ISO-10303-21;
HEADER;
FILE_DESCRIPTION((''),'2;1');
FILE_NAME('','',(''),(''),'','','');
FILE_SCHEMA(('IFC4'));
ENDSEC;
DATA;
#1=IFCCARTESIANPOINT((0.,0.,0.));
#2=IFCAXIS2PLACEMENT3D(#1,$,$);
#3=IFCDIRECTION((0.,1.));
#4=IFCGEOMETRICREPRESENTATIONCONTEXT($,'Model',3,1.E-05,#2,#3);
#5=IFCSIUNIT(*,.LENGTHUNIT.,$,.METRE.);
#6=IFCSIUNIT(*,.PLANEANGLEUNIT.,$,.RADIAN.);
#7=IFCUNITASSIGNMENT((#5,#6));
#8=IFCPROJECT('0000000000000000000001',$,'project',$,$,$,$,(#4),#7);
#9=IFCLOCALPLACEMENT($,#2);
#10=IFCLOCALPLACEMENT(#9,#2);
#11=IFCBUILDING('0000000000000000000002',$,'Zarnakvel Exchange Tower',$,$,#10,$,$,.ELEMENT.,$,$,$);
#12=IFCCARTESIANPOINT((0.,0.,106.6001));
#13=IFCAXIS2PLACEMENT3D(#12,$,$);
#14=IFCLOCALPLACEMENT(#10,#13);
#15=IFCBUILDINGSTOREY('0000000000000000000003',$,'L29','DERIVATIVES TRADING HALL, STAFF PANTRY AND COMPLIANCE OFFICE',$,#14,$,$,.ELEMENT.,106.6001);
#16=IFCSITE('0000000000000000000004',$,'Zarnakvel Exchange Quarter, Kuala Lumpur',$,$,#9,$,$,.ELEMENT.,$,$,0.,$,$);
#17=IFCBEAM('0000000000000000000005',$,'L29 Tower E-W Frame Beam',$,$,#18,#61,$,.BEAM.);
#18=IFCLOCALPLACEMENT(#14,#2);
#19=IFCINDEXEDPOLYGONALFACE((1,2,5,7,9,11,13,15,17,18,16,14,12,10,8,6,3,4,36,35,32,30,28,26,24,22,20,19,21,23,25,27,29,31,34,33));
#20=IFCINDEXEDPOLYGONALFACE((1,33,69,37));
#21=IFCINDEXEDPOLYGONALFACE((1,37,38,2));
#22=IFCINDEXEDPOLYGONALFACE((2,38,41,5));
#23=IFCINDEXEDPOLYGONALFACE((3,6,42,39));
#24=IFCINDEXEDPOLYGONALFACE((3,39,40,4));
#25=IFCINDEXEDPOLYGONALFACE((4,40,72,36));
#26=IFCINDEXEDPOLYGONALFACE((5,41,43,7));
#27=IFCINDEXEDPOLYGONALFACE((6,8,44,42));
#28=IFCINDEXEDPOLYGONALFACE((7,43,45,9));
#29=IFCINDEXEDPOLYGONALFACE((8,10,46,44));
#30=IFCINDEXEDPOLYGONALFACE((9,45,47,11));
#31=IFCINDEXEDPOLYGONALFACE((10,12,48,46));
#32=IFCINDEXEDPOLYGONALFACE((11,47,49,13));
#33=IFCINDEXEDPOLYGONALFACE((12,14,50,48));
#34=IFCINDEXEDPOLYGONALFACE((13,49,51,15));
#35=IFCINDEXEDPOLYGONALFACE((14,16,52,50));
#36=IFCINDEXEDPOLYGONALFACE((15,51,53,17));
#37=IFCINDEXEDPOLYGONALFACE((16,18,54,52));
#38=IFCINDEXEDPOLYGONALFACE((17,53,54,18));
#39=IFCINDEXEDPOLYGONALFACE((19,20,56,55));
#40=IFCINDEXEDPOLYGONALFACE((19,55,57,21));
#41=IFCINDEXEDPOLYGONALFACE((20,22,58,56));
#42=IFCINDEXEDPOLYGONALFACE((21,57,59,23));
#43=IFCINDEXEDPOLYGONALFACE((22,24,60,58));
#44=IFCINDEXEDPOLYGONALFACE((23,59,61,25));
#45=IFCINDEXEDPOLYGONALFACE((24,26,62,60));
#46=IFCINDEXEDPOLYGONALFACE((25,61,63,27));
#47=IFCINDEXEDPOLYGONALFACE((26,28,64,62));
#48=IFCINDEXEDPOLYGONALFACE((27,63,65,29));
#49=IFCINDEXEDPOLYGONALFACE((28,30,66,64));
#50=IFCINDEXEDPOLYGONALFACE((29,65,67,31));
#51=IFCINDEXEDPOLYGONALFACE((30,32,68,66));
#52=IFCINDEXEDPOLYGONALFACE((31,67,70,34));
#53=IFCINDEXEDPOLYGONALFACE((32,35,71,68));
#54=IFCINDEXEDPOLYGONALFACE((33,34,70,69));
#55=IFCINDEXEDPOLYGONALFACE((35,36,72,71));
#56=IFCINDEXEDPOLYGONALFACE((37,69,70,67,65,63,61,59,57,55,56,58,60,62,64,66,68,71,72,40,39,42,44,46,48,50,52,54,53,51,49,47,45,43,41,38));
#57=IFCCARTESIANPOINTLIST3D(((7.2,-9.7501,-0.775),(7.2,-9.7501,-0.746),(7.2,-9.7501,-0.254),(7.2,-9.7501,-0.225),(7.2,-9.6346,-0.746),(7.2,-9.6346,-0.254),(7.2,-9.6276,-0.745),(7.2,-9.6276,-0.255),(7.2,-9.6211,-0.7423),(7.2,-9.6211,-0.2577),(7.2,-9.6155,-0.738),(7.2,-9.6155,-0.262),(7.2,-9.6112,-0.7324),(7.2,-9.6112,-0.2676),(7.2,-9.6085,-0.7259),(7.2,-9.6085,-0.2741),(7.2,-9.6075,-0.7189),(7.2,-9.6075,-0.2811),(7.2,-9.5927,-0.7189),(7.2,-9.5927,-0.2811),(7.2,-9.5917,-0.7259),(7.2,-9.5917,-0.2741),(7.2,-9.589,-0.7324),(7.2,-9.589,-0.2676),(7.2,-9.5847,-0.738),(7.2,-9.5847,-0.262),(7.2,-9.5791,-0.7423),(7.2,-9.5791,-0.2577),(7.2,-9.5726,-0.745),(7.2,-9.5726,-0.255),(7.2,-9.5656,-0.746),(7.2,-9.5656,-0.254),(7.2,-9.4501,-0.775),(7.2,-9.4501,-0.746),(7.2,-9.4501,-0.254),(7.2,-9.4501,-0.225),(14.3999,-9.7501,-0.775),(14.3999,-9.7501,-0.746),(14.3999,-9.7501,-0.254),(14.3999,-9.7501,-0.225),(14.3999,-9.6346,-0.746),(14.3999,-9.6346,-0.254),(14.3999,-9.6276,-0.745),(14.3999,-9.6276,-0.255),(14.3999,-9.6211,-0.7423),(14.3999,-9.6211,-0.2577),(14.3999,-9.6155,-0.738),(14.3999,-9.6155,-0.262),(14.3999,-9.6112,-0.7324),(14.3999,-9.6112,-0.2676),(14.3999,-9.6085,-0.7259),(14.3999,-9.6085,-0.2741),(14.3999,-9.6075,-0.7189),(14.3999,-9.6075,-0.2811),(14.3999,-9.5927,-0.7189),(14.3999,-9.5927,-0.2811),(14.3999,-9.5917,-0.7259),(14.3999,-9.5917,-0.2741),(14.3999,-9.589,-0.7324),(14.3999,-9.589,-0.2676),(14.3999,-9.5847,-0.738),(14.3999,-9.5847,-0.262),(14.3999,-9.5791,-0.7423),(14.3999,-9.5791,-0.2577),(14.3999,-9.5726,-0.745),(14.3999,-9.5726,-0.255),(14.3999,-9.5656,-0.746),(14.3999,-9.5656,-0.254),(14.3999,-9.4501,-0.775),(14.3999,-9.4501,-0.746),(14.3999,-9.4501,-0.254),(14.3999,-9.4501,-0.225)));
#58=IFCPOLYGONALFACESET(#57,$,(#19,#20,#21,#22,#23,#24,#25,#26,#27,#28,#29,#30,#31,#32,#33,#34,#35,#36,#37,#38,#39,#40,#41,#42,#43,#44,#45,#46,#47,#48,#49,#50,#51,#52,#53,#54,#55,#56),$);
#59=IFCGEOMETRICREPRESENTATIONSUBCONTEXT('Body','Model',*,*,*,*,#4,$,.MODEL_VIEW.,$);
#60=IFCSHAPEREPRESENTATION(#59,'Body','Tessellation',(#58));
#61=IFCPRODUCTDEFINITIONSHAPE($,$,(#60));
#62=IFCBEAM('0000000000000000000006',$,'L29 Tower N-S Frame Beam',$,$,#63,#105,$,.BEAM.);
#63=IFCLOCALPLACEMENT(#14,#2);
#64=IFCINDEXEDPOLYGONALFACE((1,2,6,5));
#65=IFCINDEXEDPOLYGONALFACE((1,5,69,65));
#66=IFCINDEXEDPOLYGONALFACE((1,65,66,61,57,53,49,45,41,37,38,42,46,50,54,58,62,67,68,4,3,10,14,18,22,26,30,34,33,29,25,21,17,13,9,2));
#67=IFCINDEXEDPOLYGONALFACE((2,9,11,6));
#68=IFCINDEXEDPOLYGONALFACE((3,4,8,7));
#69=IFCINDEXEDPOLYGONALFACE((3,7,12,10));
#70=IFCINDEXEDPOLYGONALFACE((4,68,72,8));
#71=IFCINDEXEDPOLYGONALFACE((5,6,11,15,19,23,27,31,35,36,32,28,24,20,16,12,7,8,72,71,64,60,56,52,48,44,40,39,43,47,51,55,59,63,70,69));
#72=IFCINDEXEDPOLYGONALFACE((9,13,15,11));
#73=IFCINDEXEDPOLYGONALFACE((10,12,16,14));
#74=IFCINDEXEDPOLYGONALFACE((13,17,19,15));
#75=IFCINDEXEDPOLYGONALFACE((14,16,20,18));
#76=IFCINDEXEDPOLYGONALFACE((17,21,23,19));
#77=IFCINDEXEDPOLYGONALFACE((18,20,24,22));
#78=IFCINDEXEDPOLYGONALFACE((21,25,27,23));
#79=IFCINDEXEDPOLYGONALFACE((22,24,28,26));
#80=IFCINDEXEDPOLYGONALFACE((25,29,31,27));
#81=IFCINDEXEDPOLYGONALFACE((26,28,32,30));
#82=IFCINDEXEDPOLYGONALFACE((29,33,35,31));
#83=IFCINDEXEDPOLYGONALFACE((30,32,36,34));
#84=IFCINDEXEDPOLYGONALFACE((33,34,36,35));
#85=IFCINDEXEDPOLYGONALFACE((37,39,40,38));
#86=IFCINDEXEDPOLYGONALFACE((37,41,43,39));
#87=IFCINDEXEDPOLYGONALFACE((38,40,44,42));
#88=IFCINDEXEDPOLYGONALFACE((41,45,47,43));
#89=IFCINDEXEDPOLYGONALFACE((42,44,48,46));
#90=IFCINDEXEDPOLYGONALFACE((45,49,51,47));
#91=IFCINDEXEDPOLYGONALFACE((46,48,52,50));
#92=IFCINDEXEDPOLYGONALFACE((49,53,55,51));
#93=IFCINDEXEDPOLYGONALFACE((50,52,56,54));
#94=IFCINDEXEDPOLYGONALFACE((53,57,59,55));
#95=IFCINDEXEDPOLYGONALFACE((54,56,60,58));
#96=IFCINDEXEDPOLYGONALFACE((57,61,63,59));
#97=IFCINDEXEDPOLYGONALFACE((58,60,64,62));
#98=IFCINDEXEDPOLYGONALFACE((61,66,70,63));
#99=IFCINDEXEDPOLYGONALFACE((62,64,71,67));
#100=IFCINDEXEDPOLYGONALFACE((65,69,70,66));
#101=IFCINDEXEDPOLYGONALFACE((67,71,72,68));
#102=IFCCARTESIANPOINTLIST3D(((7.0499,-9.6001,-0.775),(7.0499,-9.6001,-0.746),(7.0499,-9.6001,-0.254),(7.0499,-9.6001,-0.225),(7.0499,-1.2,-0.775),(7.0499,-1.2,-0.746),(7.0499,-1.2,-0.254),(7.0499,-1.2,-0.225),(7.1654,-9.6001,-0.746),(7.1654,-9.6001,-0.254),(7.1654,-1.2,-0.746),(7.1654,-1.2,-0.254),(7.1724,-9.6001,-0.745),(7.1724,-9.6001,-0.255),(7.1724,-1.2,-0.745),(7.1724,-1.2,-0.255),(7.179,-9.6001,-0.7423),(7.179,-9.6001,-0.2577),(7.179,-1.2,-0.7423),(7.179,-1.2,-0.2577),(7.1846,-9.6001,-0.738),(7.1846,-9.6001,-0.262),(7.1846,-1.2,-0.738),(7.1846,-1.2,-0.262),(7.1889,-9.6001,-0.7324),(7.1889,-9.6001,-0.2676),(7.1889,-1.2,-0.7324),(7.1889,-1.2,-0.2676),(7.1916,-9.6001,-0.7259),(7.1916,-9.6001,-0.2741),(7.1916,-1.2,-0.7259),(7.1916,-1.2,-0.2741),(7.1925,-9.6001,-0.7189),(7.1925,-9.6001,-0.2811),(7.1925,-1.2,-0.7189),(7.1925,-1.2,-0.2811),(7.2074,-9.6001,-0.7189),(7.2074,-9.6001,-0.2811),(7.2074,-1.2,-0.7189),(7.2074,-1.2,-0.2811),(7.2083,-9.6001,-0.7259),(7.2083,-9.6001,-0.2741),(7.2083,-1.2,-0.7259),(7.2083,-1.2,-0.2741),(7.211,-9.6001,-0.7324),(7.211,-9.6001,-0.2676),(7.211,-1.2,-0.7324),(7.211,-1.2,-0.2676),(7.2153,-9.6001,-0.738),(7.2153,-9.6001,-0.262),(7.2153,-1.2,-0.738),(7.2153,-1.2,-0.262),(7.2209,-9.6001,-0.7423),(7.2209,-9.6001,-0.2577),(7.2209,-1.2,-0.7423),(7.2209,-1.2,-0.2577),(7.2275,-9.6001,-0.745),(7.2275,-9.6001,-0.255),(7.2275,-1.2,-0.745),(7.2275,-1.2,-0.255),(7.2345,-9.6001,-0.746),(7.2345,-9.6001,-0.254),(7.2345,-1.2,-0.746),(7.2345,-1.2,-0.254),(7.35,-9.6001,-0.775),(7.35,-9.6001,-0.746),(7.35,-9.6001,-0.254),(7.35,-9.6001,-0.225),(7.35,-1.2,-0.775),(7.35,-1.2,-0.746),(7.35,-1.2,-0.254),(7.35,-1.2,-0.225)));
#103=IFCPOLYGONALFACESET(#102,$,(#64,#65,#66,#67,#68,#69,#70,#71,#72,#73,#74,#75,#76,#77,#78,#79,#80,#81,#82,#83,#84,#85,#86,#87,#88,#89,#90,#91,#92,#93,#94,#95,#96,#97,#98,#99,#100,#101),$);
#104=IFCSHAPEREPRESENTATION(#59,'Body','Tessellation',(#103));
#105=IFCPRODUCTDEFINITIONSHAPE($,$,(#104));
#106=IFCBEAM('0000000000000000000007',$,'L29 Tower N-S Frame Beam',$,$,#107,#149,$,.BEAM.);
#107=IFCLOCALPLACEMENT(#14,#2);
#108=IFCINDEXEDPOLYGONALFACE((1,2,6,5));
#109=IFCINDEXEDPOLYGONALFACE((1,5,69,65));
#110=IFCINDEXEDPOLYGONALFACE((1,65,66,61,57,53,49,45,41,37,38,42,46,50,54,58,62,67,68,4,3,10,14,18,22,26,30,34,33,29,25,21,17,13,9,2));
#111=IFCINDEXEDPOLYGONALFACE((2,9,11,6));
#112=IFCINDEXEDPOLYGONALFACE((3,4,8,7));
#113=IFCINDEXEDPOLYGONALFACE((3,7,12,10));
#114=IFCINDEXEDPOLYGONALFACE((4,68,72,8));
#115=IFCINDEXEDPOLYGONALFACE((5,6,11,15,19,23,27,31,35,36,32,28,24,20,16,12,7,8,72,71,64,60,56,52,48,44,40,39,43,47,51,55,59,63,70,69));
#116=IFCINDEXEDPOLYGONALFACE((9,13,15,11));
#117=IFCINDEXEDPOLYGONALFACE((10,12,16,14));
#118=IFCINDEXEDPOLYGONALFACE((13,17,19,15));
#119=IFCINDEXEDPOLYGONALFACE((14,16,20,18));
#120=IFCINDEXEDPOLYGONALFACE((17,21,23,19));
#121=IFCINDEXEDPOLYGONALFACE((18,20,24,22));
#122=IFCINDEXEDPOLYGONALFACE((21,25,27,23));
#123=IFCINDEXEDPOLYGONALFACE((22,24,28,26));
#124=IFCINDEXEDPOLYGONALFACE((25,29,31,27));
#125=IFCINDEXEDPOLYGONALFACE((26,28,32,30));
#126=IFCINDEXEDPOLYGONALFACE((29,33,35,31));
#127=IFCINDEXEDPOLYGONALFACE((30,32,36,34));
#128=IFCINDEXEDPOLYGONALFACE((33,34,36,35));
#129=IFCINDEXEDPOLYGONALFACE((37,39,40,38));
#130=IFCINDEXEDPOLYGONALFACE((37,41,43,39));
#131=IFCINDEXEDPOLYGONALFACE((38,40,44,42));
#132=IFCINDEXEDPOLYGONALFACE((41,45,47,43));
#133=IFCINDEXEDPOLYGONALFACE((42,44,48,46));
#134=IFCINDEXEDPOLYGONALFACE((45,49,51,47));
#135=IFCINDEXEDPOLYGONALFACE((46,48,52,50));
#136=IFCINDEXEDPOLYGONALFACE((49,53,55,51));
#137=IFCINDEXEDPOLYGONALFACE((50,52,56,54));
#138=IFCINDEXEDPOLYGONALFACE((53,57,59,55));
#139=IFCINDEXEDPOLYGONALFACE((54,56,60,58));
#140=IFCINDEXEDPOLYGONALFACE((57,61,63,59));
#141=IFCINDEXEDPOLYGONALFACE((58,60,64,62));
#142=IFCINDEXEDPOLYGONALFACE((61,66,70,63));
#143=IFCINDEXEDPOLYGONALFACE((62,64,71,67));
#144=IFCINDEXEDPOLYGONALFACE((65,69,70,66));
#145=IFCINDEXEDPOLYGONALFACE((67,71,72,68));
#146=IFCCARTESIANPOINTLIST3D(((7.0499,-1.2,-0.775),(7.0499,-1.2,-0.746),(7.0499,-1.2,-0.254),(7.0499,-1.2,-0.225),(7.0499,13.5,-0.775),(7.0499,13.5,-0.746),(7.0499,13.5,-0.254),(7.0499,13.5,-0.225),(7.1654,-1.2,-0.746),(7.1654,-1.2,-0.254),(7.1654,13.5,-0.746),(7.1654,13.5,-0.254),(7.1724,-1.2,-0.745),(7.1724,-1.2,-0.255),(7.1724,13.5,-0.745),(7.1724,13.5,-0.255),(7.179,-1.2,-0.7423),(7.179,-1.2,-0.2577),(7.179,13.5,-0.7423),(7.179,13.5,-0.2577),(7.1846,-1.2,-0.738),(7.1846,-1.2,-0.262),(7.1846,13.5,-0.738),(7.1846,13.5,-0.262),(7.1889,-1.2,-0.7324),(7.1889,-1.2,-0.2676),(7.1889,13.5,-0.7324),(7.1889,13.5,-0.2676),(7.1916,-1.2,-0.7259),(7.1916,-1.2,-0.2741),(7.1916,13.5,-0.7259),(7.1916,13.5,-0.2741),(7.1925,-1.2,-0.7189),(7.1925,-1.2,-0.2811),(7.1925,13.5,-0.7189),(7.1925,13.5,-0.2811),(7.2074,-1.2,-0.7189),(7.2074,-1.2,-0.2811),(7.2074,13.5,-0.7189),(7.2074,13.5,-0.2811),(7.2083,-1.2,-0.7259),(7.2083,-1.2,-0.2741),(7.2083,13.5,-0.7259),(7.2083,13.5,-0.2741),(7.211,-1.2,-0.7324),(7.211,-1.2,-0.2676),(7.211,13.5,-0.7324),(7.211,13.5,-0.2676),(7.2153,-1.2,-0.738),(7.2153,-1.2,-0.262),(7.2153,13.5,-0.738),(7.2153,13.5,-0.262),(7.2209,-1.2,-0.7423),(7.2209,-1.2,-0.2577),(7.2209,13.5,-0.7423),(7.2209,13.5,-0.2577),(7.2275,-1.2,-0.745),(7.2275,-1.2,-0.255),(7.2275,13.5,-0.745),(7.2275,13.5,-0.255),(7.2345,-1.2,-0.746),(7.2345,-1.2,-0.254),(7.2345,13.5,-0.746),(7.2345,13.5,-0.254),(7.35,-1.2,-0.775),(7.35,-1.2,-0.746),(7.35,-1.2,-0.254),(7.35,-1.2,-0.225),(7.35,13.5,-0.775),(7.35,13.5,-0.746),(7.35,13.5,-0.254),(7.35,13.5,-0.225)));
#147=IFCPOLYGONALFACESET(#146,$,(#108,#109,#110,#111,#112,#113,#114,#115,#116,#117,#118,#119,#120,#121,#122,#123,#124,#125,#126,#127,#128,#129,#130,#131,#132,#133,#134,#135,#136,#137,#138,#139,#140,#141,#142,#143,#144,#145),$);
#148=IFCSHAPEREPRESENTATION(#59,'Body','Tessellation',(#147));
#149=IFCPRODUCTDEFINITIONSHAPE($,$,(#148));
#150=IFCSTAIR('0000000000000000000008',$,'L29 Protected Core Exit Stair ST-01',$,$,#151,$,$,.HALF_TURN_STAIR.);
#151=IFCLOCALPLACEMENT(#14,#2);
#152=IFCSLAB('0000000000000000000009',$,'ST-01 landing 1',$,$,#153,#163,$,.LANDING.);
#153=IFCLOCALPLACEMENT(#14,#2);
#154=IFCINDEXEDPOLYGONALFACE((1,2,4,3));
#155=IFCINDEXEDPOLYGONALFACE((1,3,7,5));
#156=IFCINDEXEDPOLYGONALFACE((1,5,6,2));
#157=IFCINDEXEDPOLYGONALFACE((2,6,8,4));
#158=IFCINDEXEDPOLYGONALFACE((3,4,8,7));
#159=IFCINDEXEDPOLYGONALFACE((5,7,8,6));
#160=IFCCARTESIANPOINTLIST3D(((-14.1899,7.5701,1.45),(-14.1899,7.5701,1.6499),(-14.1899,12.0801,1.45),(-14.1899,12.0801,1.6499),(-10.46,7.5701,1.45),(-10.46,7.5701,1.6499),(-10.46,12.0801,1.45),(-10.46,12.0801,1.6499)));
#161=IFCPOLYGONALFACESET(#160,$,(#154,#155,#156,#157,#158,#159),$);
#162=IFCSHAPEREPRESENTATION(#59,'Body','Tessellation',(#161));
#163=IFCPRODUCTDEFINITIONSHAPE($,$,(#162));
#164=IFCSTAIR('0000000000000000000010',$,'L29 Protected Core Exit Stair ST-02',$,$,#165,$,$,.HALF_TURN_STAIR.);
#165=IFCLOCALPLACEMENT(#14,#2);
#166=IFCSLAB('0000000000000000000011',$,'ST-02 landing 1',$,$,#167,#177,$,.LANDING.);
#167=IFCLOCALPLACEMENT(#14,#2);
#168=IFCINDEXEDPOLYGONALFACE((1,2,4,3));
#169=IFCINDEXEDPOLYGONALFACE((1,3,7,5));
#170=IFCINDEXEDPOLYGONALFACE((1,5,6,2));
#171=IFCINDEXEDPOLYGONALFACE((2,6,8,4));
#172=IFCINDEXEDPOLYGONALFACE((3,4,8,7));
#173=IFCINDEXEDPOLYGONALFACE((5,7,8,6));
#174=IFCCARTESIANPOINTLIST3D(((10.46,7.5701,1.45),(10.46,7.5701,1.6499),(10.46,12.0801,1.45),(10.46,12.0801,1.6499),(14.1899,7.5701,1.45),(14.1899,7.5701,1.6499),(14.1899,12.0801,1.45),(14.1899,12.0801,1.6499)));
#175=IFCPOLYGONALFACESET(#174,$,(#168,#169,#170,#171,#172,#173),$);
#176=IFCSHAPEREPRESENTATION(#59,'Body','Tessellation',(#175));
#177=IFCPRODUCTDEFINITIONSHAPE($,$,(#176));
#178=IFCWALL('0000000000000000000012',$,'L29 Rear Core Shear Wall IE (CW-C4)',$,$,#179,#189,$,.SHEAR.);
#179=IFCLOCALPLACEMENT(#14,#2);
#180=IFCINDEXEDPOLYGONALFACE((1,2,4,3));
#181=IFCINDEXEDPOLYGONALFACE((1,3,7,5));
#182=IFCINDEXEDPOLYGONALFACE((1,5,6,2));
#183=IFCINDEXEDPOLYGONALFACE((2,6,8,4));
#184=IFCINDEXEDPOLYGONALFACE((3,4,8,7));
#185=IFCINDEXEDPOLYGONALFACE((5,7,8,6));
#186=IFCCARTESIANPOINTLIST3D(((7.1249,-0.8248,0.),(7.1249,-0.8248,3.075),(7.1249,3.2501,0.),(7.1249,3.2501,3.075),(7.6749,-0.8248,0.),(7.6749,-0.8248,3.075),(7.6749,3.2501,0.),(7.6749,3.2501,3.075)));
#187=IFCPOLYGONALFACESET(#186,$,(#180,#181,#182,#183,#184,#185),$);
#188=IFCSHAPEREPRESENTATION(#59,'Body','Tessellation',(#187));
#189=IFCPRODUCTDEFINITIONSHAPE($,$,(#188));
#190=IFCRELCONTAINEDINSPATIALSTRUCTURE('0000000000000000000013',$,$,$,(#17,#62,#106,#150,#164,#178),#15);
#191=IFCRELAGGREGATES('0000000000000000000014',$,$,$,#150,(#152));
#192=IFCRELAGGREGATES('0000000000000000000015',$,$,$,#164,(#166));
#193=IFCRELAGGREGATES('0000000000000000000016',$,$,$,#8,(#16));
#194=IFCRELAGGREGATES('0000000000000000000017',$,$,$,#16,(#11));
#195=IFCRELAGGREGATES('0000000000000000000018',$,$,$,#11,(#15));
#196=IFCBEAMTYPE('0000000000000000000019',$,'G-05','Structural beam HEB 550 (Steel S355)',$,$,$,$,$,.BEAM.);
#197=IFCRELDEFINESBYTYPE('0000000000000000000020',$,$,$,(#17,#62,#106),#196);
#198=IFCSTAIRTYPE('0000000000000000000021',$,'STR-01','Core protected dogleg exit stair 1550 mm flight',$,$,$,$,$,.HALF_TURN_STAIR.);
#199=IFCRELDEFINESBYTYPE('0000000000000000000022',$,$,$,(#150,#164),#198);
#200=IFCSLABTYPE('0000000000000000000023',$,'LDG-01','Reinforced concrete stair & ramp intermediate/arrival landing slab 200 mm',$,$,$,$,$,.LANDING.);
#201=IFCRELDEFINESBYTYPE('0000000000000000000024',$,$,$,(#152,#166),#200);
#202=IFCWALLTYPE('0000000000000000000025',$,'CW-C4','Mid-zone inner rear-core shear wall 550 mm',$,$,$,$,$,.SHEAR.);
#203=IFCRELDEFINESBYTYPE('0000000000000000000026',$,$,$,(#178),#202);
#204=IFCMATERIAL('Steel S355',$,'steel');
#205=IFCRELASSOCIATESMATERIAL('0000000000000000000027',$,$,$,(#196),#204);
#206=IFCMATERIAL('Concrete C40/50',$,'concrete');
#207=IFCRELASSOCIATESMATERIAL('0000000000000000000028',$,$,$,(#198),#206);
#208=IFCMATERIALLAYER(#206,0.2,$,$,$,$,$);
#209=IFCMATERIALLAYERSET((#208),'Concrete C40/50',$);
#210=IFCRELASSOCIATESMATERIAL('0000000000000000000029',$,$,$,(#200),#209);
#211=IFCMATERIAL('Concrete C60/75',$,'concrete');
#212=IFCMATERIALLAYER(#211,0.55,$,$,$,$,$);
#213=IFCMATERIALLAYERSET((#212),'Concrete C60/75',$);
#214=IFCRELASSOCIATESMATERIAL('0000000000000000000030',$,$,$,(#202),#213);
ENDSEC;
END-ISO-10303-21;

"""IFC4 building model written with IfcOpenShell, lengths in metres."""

from ifc_helpers import new_model, si_unit, direction, frame, frame_2d, origin, origin_2d, place, context, subcontext, project, spatial, polyline, rectangle, i_section, outline, extrude, material, layer, layer_set, material_profile, profile_set, type_object, element, aggregate, save


model = new_model("IFC4")

# Units and contexts
model_context = context("Model", 3, precision=1e-05, world=origin(), true_north=direction((0.0, 1.0)))
body_context = subcontext(model_context, "Body", "Model", "MODEL_VIEW")
ifc_project = project(units=[si_unit("LENGTHUNIT", "METRE"), si_unit("PLANEANGLEUNIT", "RADIAN")], contexts=[model_context])

# Site, building, storey
site_placement = place(None, origin())
site = spatial("IfcSite", under=ifc_project, at=site_placement, Name="Zarnakvel Exchange Quarter, Kuala Lumpur", CompositionType="ELEMENT", RefElevation=0.0)
building_placement = place(site_placement, origin())
building = spatial("IfcBuilding", under=site, at=building_placement, Name="Zarnakvel Exchange Tower", CompositionType="ELEMENT")
storey_placement = place(building_placement, frame((0.0, 0.0, 106.6001)))
storey = spatial("IfcBuildingStorey", under=building, at=storey_placement, Name="L29", Description="DERIVATIVES TRADING HALL, STAFF PANTRY AND COMPLIANCE OFFICE", CompositionType="ELEMENT", Elevation=106.6001)

# Shared definitions
ifc_material_1 = material(Name="Concrete C60/75", Category="concrete")

# Beams
ifc_material_2 = material(Name="Steel S355", Category="steel")
ifc_material_profile_1 = material_profile(ifc_material_2, i_section(OverallWidth=0.3, OverallDepth=0.55, WebThickness=0.0149, FlangeThickness=0.0291, FilletRadius=0.0271, at=origin_2d()))
ifc_profile_set_1 = profile_set([ifc_material_profile_1], Name="Steel S355")
beam_type_1 = type_object("IfcBeamType", Name="G-05", Description="Structural beam HEB 550 (Steel S355)", PredefinedType="BEAM", material=ifc_profile_set_1)
beam_1_placement = place(storey_placement, frame((7.2, -9.6001, -0.5), z_axis=(1.0, 0.0, 0.0), x_axis=(0.0, 1.0, 0.0)))
element("IfcBeam", 1, at=beam_1_placement, inside=storey, type_object=beam_type_1, Name="L29 Tower E-W Frame Beam", PredefinedType="BEAM", context=body_context, shape_type="SweptSolid", body=[
    extrude(i_section(OverallWidth=0.3, OverallDepth=0.55, WebThickness=0.0149, FlangeThickness=0.0291, FilletRadius=0.0271, at=origin_2d()), origin(), (0.0, 0.0, 1.0), 7.2),
])
beam_2_placement = place(storey_placement, frame((7.2, -9.6001, -0.5), z_axis=(0.0, 1.0, 0.0), x_axis=(-1.0, 0.0, 0.0)))
element("IfcBeam", 2, at=beam_2_placement, inside=storey, type_object=beam_type_1, Name="L29 Tower N-S Frame Beam", PredefinedType="BEAM", context=body_context, shape_type="SweptSolid", body=[
    extrude(i_section(OverallWidth=0.3, OverallDepth=0.55, WebThickness=0.0149, FlangeThickness=0.0291, FilletRadius=0.0271, at=origin_2d()), origin(), (0.0, 0.0, 1.0), 8.4001),
])
beam_3_placement = place(storey_placement, frame((7.2, -1.2, -0.5), z_axis=(0.0, 1.0, 0.0), x_axis=(-1.0, 0.0, 0.0)))
element("IfcBeam", 3, at=beam_3_placement, inside=storey, type_object=beam_type_1, Name="L29 Tower N-S Frame Beam", PredefinedType="BEAM", context=body_context, shape_type="SweptSolid", body=[
    extrude(i_section(OverallWidth=0.3, OverallDepth=0.55, WebThickness=0.0149, FlangeThickness=0.0291, FilletRadius=0.0271, at=origin_2d()), origin(), (0.0, 0.0, 1.0), 14.7),
])

# Stairs, slabs
ifc_material_3 = material(Name="Concrete C40/50", Category="concrete")
stair_type = type_object("IfcStairType", Name="STR-01", Description="Core protected dogleg exit stair 1550 mm flight", PredefinedType="HALF_TURN_STAIR", material=ifc_material_3)
stair_1_placement = place(storey_placement, origin())
stair_1 = element("IfcStair", 4, at=stair_1_placement, inside=storey, type_object=stair_type, Name="L29 Protected Core Exit Stair ST-01", PredefinedType="HALF_TURN_STAIR")
ifc_layer_1 = layer(ifc_material_3, 0.2)
ifc_layer_set_1 = layer_set([ifc_layer_1], Name="Concrete C40/50")
slab_type = type_object("IfcSlabType", Name="LDG-01", Description="Reinforced concrete stair & ramp intermediate/arrival landing slab 200 mm", PredefinedType="LANDING", material=ifc_layer_set_1)
slab_1_placement = place(storey_placement, frame((0.0, 0.0, 1.45)))
slab_1 = element("IfcSlab", 5, at=slab_1_placement, type_object=slab_type, Name="ST-01 landing 1", PredefinedType="LANDING", context=body_context, shape_type="SweptSolid", body=[
    extrude(outline(polyline([(-14.1899, 7.5701), (-10.46, 7.5701), (-10.46, 12.0801), (-14.1899, 12.0801), (-14.1899, 7.5701)])), origin(), (0.0, 0.0, 1.0), 0.2),
])
aggregate(stair_1, [slab_1])
stair_2_placement = place(storey_placement, origin())
stair_2 = element("IfcStair", 6, at=stair_2_placement, inside=storey, type_object=stair_type, Name="L29 Protected Core Exit Stair ST-02", PredefinedType="HALF_TURN_STAIR")
slab_2_placement = place(storey_placement, frame((0.0, 0.0, 1.45)))
slab_2 = element("IfcSlab", 7, at=slab_2_placement, type_object=slab_type, Name="ST-02 landing 1", PredefinedType="LANDING", context=body_context, shape_type="SweptSolid", body=[
    extrude(outline(polyline([(10.46, 7.5701), (14.1899, 7.5701), (14.1899, 12.0801), (10.46, 12.0801), (10.46, 7.5701)])), origin(), (0.0, 0.0, 1.0), 0.2),
])
aggregate(stair_2, [slab_2])

# Wall
ifc_layer_2 = layer(ifc_material_1, 0.55)
ifc_layer_set_2 = layer_set([ifc_layer_2], Name="Concrete C60/75")
wall_type_1 = type_object("IfcWallType", Name="CW-C4", Description="Mid-zone inner rear-core shear wall 550 mm", PredefinedType="SHEAR", material=ifc_layer_set_2)
wall_1_placement = place(storey_placement, frame((7.3999, -0.825, 0.0), z_axis=(0.0, 0.0, 1.0), x_axis=(0.0, 1.0, 0.0)))
element("IfcWall", 8, at=wall_1_placement, inside=storey, type_object=wall_type_1, Name="L29 Rear Core Shear Wall IE (CW-C4)", PredefinedType="SHEAR", context=body_context, shape_type="SweptSolid", body=[
    extrude(rectangle(XDim=4.075, YDim=0.55, at=frame_2d((2.0376, 0.0))), origin(), (0.0, 0.0, 1.0), 3.075),
])

save(model, "model.ifc")
